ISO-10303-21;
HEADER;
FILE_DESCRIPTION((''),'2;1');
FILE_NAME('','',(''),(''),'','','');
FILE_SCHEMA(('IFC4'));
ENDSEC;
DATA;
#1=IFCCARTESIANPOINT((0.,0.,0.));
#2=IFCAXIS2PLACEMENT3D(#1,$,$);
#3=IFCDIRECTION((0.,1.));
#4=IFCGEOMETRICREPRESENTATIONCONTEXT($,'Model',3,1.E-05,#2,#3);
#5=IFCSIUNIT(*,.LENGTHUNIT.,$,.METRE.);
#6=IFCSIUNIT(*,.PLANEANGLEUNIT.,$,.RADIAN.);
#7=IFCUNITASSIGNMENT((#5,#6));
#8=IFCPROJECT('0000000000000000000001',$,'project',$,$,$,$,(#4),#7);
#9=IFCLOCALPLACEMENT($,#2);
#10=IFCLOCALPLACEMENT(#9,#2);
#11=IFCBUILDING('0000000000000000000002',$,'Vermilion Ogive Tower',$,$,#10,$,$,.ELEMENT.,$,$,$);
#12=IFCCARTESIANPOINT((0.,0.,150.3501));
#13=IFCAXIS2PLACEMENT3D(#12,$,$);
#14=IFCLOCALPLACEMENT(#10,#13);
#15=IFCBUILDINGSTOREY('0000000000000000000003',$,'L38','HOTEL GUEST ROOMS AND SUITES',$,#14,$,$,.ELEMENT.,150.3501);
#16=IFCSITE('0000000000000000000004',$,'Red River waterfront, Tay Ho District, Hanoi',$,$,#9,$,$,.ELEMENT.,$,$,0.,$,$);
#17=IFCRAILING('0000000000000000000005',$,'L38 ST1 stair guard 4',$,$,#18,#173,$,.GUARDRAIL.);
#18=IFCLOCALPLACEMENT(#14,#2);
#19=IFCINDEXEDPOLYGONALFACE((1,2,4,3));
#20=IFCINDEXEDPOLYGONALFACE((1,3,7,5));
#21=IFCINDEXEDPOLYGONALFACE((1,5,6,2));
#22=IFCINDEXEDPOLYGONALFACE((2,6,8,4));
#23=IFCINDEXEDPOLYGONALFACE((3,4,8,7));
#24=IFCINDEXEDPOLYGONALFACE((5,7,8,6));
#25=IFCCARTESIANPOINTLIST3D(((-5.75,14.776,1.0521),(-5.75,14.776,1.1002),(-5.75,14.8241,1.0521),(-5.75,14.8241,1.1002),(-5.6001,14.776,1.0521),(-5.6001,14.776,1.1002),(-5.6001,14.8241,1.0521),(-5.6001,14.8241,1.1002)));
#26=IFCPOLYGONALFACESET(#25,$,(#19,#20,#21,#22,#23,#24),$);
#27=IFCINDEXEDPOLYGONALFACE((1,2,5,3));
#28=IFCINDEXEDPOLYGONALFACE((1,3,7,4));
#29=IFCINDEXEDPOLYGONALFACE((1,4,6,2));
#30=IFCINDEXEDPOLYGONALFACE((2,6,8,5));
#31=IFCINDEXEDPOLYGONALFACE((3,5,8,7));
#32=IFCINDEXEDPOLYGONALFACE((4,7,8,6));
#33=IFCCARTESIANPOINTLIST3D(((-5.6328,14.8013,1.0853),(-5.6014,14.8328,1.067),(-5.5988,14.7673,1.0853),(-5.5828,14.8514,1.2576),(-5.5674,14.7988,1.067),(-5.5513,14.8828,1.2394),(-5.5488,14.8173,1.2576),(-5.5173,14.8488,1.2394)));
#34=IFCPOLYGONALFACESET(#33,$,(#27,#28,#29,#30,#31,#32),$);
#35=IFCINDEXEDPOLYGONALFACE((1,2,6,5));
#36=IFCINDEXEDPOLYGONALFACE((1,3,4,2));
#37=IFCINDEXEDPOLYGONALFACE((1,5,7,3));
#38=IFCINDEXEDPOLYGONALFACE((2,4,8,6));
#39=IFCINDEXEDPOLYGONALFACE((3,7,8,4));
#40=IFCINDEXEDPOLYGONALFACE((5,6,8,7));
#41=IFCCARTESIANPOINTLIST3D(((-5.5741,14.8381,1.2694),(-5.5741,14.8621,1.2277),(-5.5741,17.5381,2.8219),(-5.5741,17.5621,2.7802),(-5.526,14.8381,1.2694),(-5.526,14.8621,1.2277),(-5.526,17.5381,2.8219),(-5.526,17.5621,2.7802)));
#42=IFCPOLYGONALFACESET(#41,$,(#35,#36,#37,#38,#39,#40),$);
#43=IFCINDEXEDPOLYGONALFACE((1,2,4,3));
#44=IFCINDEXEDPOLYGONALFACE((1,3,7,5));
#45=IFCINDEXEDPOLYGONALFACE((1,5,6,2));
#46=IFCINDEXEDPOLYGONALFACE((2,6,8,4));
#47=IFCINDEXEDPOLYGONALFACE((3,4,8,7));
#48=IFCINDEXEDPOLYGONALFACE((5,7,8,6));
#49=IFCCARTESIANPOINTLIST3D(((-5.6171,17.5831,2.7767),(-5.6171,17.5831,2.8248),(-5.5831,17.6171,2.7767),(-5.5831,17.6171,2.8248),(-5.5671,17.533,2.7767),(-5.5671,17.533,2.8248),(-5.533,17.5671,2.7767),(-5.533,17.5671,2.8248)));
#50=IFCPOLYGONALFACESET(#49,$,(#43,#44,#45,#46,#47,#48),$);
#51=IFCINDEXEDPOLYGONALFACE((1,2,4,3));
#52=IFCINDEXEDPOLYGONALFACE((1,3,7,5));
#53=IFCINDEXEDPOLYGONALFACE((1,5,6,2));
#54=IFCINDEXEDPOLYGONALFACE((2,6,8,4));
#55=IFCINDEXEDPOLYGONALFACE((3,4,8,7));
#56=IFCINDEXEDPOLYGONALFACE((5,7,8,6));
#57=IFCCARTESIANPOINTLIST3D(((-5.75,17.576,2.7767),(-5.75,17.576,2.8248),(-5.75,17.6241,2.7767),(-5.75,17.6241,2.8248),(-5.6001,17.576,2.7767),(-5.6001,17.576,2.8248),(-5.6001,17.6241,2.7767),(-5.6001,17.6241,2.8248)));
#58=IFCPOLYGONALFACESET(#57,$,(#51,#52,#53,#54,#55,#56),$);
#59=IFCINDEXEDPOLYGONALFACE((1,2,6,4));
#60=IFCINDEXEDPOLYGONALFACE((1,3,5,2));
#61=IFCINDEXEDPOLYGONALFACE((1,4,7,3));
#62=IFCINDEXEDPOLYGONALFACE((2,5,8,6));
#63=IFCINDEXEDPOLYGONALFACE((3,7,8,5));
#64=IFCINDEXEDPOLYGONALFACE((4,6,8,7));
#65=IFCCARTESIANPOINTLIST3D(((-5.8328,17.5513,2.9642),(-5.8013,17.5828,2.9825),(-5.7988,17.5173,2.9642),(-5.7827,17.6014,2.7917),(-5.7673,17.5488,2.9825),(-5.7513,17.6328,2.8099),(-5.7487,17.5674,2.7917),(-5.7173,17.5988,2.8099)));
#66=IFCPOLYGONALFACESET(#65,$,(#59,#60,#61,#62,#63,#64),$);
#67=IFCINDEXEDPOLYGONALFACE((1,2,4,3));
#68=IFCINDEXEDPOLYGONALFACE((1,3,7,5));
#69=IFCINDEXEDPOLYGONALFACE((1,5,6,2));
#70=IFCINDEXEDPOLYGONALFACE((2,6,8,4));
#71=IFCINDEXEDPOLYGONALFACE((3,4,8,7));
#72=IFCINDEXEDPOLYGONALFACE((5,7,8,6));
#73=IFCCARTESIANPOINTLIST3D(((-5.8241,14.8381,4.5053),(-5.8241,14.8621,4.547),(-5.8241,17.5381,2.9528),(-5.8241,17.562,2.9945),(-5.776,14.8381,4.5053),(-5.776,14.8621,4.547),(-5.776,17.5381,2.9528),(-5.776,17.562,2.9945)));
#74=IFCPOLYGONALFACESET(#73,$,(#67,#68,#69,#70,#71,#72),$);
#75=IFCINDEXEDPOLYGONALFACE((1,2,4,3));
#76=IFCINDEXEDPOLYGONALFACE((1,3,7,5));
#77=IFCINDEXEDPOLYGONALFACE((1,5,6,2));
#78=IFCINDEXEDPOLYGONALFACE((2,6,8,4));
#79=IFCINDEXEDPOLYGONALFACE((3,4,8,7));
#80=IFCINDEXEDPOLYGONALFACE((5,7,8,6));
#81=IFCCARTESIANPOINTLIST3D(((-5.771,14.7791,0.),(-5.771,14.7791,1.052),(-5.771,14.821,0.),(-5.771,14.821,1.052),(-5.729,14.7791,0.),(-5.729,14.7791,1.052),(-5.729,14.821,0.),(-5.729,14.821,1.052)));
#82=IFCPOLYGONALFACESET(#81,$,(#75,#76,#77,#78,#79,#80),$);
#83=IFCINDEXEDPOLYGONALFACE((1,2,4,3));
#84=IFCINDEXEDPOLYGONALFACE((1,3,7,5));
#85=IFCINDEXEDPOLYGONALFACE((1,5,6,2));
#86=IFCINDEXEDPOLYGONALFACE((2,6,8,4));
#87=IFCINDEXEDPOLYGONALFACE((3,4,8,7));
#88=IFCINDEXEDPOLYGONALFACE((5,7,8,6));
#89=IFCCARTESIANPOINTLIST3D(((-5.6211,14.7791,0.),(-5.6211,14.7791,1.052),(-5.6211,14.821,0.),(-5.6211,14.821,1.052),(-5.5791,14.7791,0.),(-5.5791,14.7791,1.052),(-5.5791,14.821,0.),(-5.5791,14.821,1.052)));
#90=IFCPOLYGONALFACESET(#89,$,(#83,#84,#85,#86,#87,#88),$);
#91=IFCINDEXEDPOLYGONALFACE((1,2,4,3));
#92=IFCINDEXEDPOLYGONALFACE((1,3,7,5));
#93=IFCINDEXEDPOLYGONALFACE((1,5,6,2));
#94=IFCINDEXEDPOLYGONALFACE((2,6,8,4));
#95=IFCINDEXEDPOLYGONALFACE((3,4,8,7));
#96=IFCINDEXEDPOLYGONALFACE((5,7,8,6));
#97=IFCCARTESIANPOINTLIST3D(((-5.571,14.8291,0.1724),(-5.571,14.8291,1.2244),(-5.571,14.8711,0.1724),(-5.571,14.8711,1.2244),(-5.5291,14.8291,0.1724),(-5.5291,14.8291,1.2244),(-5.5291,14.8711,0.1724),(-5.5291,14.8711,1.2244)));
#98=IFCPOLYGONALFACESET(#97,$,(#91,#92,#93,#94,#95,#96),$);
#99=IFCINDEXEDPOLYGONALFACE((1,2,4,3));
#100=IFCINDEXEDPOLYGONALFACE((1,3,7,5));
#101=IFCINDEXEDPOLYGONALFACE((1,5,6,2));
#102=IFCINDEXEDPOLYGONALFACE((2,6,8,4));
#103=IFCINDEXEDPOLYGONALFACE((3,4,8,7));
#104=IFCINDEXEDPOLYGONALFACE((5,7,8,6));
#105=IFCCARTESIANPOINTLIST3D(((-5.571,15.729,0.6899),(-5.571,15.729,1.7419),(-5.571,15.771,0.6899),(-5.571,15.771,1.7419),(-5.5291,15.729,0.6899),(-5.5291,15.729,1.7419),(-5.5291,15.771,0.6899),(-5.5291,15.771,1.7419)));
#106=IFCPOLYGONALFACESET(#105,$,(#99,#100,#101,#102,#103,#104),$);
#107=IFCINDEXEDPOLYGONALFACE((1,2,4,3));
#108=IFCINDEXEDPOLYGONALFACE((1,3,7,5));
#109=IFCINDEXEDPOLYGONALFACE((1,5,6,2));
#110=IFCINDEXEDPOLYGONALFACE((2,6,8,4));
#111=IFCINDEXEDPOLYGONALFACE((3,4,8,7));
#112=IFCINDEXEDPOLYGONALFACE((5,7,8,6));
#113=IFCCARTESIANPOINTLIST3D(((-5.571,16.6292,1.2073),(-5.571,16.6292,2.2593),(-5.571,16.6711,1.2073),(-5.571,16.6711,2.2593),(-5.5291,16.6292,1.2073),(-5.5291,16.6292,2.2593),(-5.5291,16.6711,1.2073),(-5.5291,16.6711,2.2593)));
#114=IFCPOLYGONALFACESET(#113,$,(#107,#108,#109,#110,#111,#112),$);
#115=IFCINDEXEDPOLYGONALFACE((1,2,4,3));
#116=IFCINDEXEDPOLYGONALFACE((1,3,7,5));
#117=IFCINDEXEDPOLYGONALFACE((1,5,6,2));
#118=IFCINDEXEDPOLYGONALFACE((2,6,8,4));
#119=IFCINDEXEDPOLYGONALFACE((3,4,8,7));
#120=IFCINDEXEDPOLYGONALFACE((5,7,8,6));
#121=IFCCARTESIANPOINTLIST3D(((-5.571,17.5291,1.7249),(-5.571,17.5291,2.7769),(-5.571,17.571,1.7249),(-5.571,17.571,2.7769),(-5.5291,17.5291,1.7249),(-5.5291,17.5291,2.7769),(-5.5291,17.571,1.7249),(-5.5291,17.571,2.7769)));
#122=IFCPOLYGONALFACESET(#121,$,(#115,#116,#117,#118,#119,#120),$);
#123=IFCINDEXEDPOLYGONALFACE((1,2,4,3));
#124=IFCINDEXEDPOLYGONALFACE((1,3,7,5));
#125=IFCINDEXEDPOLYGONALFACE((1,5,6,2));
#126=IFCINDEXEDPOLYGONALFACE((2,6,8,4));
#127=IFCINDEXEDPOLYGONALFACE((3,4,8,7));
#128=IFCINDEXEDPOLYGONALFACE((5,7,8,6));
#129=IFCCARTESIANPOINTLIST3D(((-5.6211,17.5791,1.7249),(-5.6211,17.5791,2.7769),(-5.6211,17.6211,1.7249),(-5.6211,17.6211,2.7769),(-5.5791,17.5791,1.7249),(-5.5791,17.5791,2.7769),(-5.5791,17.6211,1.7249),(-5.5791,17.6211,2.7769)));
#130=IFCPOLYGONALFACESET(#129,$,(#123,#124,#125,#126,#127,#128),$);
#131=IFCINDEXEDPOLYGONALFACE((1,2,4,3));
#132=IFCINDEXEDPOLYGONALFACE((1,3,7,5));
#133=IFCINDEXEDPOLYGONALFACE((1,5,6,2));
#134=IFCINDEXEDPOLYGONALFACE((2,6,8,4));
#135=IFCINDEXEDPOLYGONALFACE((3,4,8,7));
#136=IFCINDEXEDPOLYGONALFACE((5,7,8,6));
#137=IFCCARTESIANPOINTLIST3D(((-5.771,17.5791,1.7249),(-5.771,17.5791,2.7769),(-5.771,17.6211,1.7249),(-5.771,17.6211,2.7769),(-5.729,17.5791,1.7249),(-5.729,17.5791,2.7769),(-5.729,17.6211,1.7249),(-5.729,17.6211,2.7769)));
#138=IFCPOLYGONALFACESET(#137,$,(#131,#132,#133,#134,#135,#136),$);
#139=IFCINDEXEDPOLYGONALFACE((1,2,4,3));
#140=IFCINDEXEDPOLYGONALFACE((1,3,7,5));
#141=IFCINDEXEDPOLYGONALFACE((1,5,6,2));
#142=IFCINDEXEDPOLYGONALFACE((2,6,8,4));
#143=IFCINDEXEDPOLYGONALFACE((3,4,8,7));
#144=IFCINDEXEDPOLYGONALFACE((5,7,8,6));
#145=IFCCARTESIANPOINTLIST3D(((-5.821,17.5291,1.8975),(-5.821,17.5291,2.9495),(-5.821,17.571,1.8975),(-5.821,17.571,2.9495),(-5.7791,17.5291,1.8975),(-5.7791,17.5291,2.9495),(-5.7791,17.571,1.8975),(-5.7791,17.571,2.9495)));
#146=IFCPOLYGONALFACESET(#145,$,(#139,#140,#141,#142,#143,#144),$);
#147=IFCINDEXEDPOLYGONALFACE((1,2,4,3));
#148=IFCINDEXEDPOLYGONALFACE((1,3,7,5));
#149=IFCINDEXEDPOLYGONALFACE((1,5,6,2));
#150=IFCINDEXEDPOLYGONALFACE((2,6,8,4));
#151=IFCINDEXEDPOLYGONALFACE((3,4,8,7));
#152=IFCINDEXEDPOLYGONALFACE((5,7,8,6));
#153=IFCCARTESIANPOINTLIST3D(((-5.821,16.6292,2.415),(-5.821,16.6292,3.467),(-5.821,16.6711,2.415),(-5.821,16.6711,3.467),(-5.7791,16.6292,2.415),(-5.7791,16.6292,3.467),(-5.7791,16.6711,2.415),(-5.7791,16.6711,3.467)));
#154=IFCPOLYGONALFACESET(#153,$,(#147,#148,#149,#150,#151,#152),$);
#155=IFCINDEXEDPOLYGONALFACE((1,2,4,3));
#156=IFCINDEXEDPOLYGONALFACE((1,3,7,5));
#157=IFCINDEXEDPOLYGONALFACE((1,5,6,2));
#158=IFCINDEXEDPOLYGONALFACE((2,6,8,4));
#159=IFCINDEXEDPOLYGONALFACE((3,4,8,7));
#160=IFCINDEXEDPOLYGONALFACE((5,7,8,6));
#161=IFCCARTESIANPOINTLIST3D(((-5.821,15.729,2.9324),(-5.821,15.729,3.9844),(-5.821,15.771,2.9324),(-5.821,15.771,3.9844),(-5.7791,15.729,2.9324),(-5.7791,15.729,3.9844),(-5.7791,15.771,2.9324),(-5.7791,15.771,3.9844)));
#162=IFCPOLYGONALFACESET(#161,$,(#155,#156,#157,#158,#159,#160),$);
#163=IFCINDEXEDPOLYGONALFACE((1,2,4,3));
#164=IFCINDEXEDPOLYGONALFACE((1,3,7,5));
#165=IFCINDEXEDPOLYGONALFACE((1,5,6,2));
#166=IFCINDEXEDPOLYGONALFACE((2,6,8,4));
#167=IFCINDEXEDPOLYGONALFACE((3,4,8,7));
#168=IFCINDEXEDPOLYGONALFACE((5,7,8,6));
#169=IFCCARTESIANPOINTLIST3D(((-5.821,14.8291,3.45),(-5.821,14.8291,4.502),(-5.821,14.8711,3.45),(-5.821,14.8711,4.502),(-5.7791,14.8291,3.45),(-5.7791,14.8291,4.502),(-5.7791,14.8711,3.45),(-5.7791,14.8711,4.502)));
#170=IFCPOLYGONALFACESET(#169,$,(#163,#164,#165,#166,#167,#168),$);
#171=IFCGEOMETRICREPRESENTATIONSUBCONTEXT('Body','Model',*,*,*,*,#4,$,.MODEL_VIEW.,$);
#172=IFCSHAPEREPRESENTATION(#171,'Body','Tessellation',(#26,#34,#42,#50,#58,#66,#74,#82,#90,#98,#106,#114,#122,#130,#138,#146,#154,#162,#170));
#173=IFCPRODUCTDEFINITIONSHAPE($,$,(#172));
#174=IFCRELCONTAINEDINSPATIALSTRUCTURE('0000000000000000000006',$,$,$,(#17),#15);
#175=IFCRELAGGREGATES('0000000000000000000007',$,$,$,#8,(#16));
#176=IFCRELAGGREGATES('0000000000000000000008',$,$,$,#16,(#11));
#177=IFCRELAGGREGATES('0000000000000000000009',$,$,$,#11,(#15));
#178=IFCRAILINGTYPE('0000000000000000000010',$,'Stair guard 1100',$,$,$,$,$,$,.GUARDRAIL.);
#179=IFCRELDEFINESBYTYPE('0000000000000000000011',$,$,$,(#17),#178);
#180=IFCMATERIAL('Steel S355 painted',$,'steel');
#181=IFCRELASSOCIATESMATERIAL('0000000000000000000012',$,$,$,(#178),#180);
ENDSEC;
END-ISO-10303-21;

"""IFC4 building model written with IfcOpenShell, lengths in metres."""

from ifc_helpers import new_model, si_unit, direction, frame, origin, origin_2d, place, context, subcontext, project, spatial, rectangle, extrude, material, type_object, element, save


model = new_model("IFC4")

# Units and contexts
model_context = context("Model", 3, precision=1e-05, world=origin(), true_north=direction((0.0, 1.0)))
body_context = subcontext(model_context, "Body", "Model", "MODEL_VIEW")
ifc_project = project(units=[si_unit("LENGTHUNIT", "METRE"), si_unit("PLANEANGLEUNIT", "RADIAN")], contexts=[model_context])

# Site, building, storey
site_placement = place(None, origin())
site = spatial("IfcSite", under=ifc_project, at=site_placement, Name="Red River waterfront, Tay Ho District, Hanoi", CompositionType="ELEMENT", RefElevation=0.0)
building_placement = place(site_placement, origin())
building = spatial("IfcBuilding", under=site, at=building_placement, Name="Vermilion Ogive Tower", CompositionType="ELEMENT")
storey_placement = place(building_placement, frame((0.0, 0.0, 150.3501)))
storey = spatial("IfcBuildingStorey", under=building, at=storey_placement, Name="L38", Description="HOTEL GUEST ROOMS AND SUITES", CompositionType="ELEMENT", Elevation=150.3501)

# Railing
ifc_material_1 = material(Name="Steel S355 painted", Category="steel")
railing_type = type_object("IfcRailingType", Name="Stair guard 1100", PredefinedType="GUARDRAIL", material=ifc_material_1)
railing_placement = place(storey_placement, frame((-5.75, 14.8, 0.0)))
element("IfcRailing", 1, at=railing_placement, inside=storey, type_object=railing_type, Name="L38 ST1 stair guard 4", PredefinedType="GUARDRAIL", context=body_context, shape_type="SweptSolid", body=[
    extrude(rectangle(XDim=0.0481, YDim=0.0481, at=origin_2d()), frame((0.0, 0.0, 1.0762), z_axis=(1.0, 0.0, 0.0), x_axis=(0.0, 1.0, 0.0)), (0.0, 0.0, 1.0), 0.1499),
    extrude(rectangle(XDim=0.0481, YDim=0.0481, at=origin_2d()), frame((0.1499, 0.0, 1.0762), z_axis=(0.268603, 0.268603, 0.925043), x_axis=(-0.707107, 0.707107, 0.0)), (0.0, 0.0, 1.0), 0.1863),
    extrude(rectangle(XDim=0.0481, YDim=0.0481, at=origin_2d()), frame((0.2, 0.05, 1.2485), z_axis=(0.0, 0.866904, 0.498476), x_axis=(-1.0, 0.0, 0.0)), (0.0, 0.0, 1.0), 3.1145),
    extrude(rectangle(XDim=0.0481, YDim=0.0481, at=origin_2d()), frame((0.2, 2.75, 2.8008), z_axis=(-0.707107, 0.707107, 0.0), x_axis=(-0.707107, -0.707107, 0.0)), (0.0, 0.0, 1.0), 0.0708),
    extrude(rectangle(XDim=0.0481, YDim=0.0481, at=origin_2d()), frame((0.1499, 2.8, 2.8008), z_axis=(-1.0, 0.0, 0.0), x_axis=(0.0, -1.0, 0.0)), (0.0, 0.0, 1.0), 0.1499),
    extrude(rectangle(XDim=0.0481, YDim=0.0481, at=origin_2d()), frame((0.0, 2.8, 2.8008), z_axis=(-0.268278, -0.268278, 0.925232), x_axis=(0.707107, -0.707107, 0.0)), (0.0, 0.0, 1.0), 0.1865),
    extrude(rectangle(XDim=0.0481, YDim=0.0481, at=origin_2d()), frame((-0.05, 2.75, 2.9736), z_axis=(0.0, -0.866904, 0.498476), x_axis=(1.0, 0.0, 0.0)), (0.0, 0.0, 1.0), 3.1145),
    extrude(rectangle(XDim=0.042, YDim=0.042, at=origin_2d()), origin(), (0.0, 0.0, 1.0), 1.052),
    extrude(rectangle(XDim=0.042, YDim=0.042, at=origin_2d()), frame((0.1499, 0.0, 0.0)), (0.0, 0.0, 1.0), 1.052),
    extrude(rectangle(XDim=0.042, YDim=0.042, at=origin_2d()), frame((0.2, 0.05, 0.1724)), (0.0, 0.0, 1.0), 1.052),
    extrude(rectangle(XDim=0.042, YDim=0.042, at=origin_2d()), frame((0.2, 0.95, 0.6899)), (0.0, 0.0, 1.0), 1.052),
    extrude(rectangle(XDim=0.042, YDim=0.042, at=origin_2d()), frame((0.2, 1.8501, 1.2073)), (0.0, 0.0, 1.0), 1.052),
    extrude(rectangle(XDim=0.042, YDim=0.042, at=origin_2d()), frame((0.2, 2.75, 1.7249)), (0.0, 0.0, 1.0), 1.052),
    extrude(rectangle(XDim=0.042, YDim=0.042, at=origin_2d()), frame((0.1499, 2.8, 1.7249)), (0.0, 0.0, 1.0), 1.052),
    extrude(rectangle(XDim=0.042, YDim=0.042, at=origin_2d()), frame((0.0, 2.8, 1.7249)), (0.0, 0.0, 1.0), 1.052),
    extrude(rectangle(XDim=0.042, YDim=0.042, at=origin_2d()), frame((-0.05, 2.75, 1.8975)), (0.0, 0.0, 1.0), 1.052),
    extrude(rectangle(XDim=0.042, YDim=0.042, at=origin_2d()), frame((-0.05, 1.8501, 2.415)), (0.0, 0.0, 1.0), 1.052),
    extrude(rectangle(XDim=0.042, YDim=0.042, at=origin_2d()), frame((-0.05, 0.95, 2.9324)), (0.0, 0.0, 1.0), 1.052),
    extrude(rectangle(XDim=0.042, YDim=0.042, at=origin_2d()), frame((-0.05, 0.05, 3.45)), (0.0, 0.0, 1.0), 1.052),
])

save(model, "model.ifc")
